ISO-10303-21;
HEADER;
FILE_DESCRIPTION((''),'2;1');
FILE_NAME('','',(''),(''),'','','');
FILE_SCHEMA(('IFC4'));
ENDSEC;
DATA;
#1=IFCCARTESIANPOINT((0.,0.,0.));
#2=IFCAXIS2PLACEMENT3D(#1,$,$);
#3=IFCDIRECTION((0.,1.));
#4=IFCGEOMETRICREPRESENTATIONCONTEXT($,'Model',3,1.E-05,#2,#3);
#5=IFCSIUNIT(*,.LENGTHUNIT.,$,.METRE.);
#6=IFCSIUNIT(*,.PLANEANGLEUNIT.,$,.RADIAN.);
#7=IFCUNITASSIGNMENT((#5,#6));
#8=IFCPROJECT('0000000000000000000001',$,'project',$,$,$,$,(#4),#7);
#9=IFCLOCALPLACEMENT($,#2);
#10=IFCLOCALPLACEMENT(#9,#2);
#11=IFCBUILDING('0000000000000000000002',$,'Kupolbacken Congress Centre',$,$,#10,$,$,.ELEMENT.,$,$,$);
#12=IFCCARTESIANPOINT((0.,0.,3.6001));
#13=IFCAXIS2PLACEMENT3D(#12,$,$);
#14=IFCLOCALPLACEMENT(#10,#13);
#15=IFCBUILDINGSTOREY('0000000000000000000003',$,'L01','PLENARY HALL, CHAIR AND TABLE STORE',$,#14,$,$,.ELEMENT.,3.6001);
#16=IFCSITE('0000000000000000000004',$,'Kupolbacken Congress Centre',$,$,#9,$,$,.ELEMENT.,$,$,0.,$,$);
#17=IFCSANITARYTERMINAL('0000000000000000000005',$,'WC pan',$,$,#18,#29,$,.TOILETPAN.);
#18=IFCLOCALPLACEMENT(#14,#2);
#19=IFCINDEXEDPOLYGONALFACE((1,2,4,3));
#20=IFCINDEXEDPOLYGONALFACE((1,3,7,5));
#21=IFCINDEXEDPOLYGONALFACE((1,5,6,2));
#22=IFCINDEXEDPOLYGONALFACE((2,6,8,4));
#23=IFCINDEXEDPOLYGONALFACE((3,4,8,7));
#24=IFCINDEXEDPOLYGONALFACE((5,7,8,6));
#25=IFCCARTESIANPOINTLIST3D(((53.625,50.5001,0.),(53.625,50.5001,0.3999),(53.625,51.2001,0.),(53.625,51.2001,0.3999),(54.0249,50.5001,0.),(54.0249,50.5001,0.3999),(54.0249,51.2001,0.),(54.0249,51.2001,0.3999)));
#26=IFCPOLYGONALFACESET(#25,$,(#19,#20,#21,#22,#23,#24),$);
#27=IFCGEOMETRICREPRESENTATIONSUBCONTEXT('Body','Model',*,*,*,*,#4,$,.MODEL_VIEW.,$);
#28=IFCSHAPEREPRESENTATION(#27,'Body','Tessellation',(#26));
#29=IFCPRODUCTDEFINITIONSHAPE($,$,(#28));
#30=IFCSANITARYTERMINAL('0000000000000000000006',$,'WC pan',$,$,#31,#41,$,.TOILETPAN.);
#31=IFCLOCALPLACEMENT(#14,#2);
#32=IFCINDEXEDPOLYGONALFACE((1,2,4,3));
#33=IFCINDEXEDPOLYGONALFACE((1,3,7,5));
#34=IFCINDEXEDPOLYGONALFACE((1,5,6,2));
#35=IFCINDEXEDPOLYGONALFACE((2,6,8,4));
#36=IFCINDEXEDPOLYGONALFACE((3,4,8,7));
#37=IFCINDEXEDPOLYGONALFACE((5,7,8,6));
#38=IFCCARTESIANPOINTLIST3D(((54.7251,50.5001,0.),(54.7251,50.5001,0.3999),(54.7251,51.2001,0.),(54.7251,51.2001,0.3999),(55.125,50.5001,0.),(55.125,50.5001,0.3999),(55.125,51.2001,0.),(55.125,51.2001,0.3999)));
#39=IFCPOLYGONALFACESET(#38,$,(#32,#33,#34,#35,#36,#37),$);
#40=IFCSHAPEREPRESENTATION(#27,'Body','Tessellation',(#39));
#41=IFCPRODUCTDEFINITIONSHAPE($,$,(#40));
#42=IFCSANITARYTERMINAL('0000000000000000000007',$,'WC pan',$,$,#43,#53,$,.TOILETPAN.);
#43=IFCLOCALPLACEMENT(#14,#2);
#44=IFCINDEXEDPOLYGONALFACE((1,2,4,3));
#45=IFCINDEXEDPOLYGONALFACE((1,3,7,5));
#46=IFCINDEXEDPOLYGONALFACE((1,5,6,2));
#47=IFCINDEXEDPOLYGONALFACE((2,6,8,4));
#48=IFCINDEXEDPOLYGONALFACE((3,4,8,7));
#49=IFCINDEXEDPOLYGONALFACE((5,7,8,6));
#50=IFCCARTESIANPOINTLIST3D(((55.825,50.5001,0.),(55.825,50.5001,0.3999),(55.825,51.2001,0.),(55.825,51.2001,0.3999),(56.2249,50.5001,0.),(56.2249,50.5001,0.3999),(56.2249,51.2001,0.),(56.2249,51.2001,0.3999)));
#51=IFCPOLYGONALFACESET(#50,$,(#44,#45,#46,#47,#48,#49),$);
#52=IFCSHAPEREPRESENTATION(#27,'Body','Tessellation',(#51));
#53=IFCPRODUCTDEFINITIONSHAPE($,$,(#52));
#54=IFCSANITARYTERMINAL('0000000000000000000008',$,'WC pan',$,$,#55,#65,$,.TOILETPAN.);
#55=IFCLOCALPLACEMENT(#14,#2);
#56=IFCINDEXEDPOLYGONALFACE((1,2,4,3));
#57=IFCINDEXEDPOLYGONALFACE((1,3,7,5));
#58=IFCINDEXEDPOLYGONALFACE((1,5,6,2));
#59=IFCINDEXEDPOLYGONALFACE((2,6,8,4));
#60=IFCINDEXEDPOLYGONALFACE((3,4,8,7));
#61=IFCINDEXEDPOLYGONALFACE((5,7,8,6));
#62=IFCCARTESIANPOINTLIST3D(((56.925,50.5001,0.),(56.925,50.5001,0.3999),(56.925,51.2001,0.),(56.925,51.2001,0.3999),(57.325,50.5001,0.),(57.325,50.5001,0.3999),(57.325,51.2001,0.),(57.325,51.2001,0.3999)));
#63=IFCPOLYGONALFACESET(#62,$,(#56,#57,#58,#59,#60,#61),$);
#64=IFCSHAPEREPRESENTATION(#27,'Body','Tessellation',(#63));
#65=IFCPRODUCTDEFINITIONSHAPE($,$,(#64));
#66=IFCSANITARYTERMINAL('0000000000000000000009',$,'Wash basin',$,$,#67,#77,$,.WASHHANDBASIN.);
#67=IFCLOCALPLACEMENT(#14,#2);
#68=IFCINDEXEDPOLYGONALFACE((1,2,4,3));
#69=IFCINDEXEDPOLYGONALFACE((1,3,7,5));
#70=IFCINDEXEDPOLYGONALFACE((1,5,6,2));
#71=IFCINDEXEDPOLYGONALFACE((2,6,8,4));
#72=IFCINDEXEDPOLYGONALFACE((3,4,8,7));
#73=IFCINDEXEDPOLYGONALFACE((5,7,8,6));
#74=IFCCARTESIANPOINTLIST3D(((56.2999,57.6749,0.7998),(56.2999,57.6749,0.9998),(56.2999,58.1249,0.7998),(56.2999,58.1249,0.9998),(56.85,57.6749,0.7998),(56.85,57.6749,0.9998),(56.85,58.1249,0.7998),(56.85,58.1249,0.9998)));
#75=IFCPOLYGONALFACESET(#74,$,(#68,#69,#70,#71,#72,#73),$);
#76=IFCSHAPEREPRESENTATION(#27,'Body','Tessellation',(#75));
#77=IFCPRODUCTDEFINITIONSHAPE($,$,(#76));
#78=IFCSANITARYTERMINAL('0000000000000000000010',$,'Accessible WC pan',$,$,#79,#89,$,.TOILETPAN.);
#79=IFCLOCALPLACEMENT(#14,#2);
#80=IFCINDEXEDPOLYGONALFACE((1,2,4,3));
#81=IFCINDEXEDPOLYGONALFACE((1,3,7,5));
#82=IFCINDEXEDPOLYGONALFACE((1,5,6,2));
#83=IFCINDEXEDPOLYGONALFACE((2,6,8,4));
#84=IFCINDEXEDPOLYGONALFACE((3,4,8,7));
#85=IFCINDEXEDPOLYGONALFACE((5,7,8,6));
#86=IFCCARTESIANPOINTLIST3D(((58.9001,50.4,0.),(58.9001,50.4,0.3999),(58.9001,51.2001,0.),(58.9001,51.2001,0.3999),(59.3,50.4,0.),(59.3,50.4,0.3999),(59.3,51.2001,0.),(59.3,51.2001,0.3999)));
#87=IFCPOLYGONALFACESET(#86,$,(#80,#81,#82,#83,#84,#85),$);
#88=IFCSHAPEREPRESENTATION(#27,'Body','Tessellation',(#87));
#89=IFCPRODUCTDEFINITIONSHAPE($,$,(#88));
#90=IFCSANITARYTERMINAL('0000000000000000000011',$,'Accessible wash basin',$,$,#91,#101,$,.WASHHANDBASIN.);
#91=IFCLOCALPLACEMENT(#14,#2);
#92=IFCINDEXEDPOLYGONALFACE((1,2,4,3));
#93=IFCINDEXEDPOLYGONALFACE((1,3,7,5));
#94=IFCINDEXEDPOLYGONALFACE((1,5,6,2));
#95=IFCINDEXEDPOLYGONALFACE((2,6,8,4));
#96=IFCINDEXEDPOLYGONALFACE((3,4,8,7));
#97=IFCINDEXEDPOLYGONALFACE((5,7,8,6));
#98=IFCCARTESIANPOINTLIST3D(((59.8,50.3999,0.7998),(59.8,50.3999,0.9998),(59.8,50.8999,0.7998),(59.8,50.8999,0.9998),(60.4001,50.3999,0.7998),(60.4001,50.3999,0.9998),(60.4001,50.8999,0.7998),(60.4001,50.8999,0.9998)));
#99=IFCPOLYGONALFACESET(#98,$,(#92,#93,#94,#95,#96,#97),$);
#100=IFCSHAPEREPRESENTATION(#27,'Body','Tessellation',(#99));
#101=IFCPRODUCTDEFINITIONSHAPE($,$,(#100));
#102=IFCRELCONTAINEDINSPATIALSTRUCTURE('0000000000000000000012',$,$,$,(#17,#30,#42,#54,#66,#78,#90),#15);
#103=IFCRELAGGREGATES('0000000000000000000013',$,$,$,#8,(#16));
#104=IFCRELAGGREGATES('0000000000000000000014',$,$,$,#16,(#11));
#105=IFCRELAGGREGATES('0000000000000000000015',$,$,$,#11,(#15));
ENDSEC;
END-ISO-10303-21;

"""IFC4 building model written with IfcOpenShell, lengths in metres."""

from ifc_helpers import new_model, si_unit, direction, frame, origin, origin_2d, place, context, subcontext, project, spatial, rectangle, extrude, element, save


model = new_model("IFC4")

# Units and contexts
model_context = context("Model", 3, precision=1e-05, world=origin(), true_north=direction((0.0, 1.0)))
body_context = subcontext(model_context, "Body", "Model", "MODEL_VIEW")
ifc_project = project(units=[si_unit("LENGTHUNIT", "METRE"), si_unit("PLANEANGLEUNIT", "RADIAN")], contexts=[model_context])

# Site, building, storey
site_placement = place(None, origin())
site = spatial("IfcSite", under=ifc_project, at=site_placement, Name="Kupolbacken Congress Centre", CompositionType="ELEMENT", RefElevation=0.0)
building_placement = place(site_placement, origin())
building = spatial("IfcBuilding", under=site, at=building_placement, Name="Kupolbacken Congress Centre", CompositionType="ELEMENT")
storey_placement = place(building_placement, frame((0.0, 0.0, 3.6001)))
storey = spatial("IfcBuildingStorey", under=building, at=storey_placement, Name="L01", Description="PLENARY HALL, CHAIR AND TABLE STORE", CompositionType="ELEMENT", Elevation=3.6001)

# Sanitary terminals
for number, where, z_axis, x_axis, name in (
    (1, (53.825, 50.8501, 0.0), (0.0, 0.0, 1.0), (1.0, 0.0, 0.0), "WC pan"),
    (2, (54.925, 50.8501, 0.0), (0.0, 0.0, 1.0), (1.0, 0.0, 0.0), "WC pan"),
    (3, (56.0249, 50.8501, 0.0), (0.0, 0.0, 1.0), (1.0, 0.0, 0.0), "WC pan"),
    (4, (57.125, 50.8501, 0.0), (0.0, 0.0, 1.0), (1.0, 0.0, 0.0), "WC pan"),
):
    element("IfcSanitaryTerminal", number, at=place(storey_placement, frame(where, z_axis=z_axis, x_axis=x_axis)), inside=storey, Name=name, PredefinedType="TOILETPAN", context=body_context, shape_type="SweptSolid", body=[
        extrude(rectangle(XDim=0.3999, YDim=0.7, at=origin_2d()), origin(), (0.0, 0.0, 1.0), 0.3999),
    ])
sanitary_terminal_1_placement = place(storey_placement, frame((56.575, 57.8999, 0.7998), z_axis=(0.0, 0.0, 1.0), x_axis=(1.0, 0.0, 0.0)))
element("IfcSanitaryTerminal", 5, at=sanitary_terminal_1_placement, inside=storey, Name="Wash basin", PredefinedType="WASHHANDBASIN", context=body_context, shape_type="SweptSolid", body=[
    extrude(rectangle(XDim=0.55, YDim=0.45, at=origin_2d()), origin(), (0.0, 0.0, 1.0), 0.2),
])
sanitary_terminal_2_placement = place(storey_placement, frame((59.1001, 50.8, 0.0), z_axis=(0.0, 0.0, 1.0), x_axis=(1.0, 0.0, 0.0)))
element("IfcSanitaryTerminal", 6, at=sanitary_terminal_2_placement, inside=storey, Name="Accessible WC pan", PredefinedType="TOILETPAN", context=body_context, shape_type="SweptSolid", body=[
    extrude(rectangle(XDim=0.3999, YDim=0.8, at=origin_2d()), origin(), (0.0, 0.0, 1.0), 0.3999),
])
sanitary_terminal_3_placement = place(storey_placement, frame((60.1001, 50.6499, 0.7998), z_axis=(0.0, 0.0, 1.0), x_axis=(1.0, 0.0, 0.0)))
element("IfcSanitaryTerminal", 7, at=sanitary_terminal_3_placement, inside=storey, Name="Accessible wash basin", PredefinedType="WASHHANDBASIN", context=body_context, shape_type="SweptSolid", body=[
    extrude(rectangle(XDim=0.6001, YDim=0.5, at=origin_2d()), origin(), (0.0, 0.0, 1.0), 0.2),
])

save(model, "model.ifc")
